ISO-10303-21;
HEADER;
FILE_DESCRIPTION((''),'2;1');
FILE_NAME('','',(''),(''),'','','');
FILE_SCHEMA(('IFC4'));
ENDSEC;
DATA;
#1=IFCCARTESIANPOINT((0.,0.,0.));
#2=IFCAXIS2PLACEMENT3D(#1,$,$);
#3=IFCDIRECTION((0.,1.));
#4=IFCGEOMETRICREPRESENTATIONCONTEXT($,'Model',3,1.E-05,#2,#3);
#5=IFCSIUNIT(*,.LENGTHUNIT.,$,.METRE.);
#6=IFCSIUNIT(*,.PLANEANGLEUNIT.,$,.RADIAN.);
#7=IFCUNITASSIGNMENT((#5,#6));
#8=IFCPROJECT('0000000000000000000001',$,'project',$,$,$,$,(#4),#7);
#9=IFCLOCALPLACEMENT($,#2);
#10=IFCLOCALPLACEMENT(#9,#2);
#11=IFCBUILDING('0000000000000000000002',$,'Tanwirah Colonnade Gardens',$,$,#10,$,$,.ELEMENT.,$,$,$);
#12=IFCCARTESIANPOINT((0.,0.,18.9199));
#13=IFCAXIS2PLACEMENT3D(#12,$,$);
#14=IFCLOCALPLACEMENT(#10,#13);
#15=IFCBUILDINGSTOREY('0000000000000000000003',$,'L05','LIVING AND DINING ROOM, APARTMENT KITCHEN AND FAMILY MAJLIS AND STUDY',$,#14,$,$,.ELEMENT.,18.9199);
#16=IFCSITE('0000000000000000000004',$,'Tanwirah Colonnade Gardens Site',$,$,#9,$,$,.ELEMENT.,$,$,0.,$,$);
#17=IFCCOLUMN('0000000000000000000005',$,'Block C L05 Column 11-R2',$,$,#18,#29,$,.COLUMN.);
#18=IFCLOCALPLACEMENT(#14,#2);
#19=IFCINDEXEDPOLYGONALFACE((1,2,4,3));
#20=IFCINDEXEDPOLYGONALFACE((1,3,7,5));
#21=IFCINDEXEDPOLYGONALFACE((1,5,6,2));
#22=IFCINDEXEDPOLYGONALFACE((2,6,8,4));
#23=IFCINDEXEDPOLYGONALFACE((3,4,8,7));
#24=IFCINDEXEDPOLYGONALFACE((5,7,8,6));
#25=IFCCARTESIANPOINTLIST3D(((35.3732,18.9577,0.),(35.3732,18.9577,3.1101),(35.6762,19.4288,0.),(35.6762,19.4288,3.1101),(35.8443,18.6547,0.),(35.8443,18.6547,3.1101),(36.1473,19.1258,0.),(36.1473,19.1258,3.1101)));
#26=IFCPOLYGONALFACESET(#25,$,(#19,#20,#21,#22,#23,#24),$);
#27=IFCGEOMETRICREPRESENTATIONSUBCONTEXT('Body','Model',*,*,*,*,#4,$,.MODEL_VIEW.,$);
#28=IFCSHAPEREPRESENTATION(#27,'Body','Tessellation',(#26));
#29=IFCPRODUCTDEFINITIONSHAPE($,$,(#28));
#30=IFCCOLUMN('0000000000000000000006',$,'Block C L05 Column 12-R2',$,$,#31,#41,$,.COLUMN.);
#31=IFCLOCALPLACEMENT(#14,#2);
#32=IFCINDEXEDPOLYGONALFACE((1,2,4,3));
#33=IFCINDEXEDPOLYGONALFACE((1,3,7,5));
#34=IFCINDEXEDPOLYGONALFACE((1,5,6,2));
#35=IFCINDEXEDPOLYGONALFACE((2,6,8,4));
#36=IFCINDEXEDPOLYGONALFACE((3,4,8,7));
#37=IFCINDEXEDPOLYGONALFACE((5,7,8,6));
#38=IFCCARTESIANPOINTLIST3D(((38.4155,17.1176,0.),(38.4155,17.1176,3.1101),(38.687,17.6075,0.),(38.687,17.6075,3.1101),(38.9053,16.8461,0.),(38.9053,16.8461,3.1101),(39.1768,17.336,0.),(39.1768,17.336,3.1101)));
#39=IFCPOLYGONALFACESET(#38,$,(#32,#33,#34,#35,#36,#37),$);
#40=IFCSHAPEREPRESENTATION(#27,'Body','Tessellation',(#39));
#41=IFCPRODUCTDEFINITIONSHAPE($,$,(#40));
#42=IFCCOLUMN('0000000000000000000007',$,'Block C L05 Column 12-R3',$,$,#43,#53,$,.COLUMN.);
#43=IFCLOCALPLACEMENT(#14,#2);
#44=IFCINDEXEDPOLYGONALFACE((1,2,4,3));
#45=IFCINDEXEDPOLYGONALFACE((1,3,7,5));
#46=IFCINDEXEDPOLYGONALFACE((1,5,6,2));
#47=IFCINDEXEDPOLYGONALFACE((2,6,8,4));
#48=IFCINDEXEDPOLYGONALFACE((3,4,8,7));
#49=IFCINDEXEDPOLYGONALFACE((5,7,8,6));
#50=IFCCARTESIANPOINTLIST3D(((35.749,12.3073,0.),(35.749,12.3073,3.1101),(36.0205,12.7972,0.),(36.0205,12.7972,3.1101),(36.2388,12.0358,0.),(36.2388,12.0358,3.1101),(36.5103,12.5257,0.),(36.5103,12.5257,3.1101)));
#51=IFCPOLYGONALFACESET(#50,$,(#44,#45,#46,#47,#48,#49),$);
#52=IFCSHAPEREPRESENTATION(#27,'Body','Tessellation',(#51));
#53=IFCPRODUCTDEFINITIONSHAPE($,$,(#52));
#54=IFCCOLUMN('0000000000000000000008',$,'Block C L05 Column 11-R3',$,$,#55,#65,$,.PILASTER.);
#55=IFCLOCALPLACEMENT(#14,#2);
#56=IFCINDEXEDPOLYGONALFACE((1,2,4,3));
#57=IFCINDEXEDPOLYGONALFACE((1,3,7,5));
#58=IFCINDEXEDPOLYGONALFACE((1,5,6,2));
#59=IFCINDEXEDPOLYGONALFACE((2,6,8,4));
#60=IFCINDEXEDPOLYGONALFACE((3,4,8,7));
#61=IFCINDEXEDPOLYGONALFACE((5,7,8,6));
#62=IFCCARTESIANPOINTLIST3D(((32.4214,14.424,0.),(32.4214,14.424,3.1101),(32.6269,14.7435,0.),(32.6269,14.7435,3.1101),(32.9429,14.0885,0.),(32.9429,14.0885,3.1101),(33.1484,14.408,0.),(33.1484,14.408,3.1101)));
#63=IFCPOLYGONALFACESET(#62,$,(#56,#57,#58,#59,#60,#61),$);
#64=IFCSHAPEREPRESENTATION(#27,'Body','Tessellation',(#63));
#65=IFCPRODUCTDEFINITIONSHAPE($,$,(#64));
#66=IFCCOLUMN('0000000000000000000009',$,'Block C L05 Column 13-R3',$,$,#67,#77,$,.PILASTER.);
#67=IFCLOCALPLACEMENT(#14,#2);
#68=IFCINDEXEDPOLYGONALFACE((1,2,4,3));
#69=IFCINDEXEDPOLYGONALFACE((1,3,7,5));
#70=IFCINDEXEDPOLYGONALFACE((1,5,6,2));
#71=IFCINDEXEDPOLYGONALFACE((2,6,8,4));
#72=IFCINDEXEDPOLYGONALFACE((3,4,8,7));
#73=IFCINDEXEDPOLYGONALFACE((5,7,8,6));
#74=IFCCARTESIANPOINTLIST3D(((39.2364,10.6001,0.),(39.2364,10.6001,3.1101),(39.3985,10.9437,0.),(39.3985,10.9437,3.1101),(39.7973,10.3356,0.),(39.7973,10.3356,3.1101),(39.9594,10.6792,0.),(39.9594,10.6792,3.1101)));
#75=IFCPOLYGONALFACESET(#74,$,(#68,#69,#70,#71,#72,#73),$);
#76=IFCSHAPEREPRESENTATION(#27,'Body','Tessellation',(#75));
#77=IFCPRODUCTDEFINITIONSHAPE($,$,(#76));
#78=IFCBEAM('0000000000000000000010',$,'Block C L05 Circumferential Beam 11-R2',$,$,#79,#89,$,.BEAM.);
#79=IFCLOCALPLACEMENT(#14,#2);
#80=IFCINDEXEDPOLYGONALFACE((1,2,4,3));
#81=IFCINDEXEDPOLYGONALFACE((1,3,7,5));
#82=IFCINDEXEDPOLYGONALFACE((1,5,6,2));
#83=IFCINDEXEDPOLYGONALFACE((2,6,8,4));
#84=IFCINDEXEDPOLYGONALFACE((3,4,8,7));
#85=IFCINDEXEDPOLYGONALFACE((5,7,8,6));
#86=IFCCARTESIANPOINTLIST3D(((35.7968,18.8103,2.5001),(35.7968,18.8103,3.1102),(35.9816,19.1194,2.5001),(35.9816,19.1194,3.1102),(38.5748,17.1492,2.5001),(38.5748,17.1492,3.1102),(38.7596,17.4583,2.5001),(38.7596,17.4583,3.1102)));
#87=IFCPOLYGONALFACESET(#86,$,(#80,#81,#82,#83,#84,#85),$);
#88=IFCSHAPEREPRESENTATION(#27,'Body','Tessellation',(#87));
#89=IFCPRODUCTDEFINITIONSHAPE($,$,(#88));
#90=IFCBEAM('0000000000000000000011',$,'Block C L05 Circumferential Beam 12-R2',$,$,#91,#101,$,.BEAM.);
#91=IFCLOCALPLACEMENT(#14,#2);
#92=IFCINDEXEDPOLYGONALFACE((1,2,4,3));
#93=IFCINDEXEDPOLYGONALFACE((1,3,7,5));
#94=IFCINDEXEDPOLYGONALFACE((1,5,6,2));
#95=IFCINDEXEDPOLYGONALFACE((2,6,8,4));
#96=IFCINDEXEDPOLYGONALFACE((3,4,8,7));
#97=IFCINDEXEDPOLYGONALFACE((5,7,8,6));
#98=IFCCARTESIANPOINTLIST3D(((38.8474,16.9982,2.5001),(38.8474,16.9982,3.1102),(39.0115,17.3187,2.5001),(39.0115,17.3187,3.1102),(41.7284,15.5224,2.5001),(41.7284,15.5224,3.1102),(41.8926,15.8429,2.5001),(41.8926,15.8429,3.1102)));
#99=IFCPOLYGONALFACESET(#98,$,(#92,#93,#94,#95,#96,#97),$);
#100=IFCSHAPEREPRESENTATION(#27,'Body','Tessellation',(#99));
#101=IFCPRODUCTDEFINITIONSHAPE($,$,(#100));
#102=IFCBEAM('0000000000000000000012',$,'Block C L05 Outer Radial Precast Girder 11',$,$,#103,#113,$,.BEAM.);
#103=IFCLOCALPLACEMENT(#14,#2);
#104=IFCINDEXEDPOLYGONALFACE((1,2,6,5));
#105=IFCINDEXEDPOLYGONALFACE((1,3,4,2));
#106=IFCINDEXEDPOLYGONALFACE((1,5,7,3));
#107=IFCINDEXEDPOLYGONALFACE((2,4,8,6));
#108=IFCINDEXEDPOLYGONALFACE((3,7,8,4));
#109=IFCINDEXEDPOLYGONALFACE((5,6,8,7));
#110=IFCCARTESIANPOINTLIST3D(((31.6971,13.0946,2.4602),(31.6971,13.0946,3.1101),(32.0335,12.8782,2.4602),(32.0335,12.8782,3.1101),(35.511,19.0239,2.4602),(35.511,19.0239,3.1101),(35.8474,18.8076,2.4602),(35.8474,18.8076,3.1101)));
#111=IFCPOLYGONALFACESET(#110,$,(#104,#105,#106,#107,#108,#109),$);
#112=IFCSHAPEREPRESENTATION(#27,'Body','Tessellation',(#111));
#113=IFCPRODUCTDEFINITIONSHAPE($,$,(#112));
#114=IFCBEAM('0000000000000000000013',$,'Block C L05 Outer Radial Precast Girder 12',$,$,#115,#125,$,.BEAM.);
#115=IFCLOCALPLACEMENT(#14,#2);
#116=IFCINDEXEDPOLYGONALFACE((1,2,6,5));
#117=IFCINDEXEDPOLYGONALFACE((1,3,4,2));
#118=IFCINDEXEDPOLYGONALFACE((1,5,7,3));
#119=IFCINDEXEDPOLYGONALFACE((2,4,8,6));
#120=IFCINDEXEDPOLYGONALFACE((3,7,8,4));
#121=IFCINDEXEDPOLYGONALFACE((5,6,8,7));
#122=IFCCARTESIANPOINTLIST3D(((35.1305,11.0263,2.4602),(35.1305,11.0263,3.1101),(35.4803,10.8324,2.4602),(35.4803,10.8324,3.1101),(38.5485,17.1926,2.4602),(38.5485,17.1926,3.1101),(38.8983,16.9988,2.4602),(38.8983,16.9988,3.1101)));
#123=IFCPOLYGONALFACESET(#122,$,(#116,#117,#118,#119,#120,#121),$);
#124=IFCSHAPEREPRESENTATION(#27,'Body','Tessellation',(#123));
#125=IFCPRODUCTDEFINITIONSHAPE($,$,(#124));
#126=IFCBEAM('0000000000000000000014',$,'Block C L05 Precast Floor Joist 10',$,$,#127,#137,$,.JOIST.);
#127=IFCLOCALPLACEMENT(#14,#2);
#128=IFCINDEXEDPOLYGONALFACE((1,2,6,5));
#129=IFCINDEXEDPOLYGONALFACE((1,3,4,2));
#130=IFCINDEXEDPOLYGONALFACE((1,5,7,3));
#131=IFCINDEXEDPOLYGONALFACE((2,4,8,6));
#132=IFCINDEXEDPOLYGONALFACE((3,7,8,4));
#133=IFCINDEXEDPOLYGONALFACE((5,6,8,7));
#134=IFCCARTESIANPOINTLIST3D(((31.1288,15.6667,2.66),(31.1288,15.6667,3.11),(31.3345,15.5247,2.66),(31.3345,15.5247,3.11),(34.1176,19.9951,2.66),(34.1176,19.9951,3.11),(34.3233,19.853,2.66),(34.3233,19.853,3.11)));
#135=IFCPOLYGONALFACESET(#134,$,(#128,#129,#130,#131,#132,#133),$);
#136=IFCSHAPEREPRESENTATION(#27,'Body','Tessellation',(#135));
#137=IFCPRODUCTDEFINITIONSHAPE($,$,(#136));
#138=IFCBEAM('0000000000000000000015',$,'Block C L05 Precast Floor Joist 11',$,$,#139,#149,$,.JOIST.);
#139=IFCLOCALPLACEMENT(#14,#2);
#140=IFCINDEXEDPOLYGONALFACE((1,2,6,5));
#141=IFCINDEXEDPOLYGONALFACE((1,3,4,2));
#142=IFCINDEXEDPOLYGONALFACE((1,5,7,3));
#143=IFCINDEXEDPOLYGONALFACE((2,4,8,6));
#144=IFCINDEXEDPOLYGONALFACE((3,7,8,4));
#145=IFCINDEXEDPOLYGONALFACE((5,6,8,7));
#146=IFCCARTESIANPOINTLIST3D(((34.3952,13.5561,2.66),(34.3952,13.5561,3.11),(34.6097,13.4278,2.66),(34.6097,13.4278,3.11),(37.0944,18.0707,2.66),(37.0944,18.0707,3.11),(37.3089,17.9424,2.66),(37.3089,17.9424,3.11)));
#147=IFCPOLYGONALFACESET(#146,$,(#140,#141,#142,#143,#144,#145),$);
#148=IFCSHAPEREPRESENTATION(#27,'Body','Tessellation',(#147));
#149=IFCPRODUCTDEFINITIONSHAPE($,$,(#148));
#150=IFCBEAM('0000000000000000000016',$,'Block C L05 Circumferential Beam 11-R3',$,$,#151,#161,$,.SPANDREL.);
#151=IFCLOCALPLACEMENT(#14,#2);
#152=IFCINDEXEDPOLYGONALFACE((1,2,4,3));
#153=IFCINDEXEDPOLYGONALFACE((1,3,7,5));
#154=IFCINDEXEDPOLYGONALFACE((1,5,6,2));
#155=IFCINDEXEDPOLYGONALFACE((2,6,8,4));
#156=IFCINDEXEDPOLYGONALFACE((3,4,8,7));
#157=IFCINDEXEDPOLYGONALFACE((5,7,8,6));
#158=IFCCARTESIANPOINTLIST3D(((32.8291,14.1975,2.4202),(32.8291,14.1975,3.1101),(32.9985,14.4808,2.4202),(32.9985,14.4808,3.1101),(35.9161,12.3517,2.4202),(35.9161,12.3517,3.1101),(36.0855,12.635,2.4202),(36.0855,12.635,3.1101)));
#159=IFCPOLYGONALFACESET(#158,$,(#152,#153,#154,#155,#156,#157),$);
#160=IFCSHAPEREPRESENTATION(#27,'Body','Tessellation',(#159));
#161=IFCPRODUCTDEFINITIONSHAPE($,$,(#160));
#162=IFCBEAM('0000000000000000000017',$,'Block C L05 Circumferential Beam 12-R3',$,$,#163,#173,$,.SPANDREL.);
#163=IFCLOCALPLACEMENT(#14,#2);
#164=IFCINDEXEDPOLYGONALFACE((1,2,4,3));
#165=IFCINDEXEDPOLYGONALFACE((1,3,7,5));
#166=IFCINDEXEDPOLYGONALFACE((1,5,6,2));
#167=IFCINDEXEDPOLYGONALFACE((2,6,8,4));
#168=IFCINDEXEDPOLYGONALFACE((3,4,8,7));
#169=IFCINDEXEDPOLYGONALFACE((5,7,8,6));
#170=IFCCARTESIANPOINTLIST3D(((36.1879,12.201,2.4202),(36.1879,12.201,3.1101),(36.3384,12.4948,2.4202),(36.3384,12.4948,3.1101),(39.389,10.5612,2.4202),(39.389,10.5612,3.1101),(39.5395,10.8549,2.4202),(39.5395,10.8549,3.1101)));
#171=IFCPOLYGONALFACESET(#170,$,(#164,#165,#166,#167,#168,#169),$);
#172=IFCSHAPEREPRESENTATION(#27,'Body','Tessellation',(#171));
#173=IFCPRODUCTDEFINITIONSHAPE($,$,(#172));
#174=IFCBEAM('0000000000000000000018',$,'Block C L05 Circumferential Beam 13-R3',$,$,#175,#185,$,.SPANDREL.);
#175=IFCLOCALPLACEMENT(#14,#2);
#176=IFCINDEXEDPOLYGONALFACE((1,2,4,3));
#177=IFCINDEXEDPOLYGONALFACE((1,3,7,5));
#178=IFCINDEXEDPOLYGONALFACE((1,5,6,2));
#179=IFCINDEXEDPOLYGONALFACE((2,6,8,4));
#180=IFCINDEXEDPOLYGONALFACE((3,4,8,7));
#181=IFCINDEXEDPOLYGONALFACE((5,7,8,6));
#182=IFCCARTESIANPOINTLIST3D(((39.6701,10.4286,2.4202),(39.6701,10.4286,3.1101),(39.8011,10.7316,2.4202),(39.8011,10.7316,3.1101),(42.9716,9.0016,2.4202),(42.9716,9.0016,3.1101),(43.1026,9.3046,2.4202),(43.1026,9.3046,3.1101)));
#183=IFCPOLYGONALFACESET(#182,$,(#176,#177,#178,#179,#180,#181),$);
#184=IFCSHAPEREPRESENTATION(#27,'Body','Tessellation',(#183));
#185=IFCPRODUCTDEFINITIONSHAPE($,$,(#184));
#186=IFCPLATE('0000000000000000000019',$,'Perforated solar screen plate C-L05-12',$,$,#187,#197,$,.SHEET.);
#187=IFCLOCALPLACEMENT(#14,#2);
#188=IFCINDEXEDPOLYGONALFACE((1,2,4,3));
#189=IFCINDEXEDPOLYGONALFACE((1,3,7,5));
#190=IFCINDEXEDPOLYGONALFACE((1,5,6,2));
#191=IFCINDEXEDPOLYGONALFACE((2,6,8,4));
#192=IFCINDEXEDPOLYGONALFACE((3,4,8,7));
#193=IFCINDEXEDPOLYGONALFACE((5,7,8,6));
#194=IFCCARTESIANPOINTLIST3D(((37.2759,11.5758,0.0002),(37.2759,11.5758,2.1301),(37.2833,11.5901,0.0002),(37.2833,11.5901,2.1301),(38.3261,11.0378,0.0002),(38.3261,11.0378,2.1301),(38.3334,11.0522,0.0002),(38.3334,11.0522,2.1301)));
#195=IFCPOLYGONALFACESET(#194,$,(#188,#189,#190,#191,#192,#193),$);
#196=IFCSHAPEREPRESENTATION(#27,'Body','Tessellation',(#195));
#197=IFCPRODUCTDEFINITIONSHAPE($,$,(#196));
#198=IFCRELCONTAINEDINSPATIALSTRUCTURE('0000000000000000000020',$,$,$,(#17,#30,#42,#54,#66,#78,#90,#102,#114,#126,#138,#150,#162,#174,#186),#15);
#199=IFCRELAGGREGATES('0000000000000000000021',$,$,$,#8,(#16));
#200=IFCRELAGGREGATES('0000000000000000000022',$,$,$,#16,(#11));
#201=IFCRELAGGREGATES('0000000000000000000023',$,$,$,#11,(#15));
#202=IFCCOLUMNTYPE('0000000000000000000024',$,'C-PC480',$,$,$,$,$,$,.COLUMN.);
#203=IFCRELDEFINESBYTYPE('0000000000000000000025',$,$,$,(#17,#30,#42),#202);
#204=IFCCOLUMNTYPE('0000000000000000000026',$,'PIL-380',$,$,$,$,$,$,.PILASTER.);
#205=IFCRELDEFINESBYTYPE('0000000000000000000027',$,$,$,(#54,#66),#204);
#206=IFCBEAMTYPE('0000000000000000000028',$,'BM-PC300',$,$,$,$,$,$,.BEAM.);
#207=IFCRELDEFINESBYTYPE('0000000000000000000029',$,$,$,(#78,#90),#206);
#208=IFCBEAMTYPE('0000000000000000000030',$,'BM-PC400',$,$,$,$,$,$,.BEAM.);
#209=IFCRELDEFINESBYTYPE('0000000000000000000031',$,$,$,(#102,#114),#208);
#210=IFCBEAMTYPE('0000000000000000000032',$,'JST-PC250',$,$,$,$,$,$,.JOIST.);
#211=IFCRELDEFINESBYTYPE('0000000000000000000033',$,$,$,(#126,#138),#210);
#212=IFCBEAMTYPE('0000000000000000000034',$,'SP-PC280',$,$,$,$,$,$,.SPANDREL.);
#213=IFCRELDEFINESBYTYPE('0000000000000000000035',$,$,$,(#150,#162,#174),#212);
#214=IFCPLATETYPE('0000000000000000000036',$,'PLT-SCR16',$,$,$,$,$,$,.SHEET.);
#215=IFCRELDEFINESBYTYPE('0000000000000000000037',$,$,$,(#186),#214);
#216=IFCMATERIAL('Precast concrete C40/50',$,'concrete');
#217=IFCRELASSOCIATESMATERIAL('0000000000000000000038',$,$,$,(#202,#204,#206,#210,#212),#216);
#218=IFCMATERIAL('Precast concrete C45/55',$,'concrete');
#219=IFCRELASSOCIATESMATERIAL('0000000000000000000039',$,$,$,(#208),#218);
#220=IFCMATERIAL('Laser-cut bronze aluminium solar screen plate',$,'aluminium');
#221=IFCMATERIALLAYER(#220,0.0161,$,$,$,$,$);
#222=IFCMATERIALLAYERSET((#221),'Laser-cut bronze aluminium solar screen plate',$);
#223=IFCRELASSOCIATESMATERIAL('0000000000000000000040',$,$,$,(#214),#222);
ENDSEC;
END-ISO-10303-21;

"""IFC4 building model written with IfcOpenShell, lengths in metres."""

from ifc_helpers import new_model, si_unit, direction, frame, origin, origin_2d, place, context, subcontext, project, spatial, rectangle, extrude, material, layer, layer_set, material_profile, profile_set, type_object, element, save


model = new_model("IFC4")

# Units and contexts
model_context = context("Model", 3, precision=1e-05, world=origin(), true_north=direction((0.0, 1.0)))
body_context = subcontext(model_context, "Body", "Model", "MODEL_VIEW")
ifc_project = project(units=[si_unit("LENGTHUNIT", "METRE"), si_unit("PLANEANGLEUNIT", "RADIAN")], contexts=[model_context])

# Site, building, storey
site_placement = place(None, origin())
site = spatial("IfcSite", under=ifc_project, at=site_placement, Name="Tanwirah Colonnade Gardens Site", CompositionType="ELEMENT", RefElevation=0.0)
building_placement = place(site_placement, origin())
building = spatial("IfcBuilding", under=site, at=building_placement, Name="Tanwirah Colonnade Gardens", CompositionType="ELEMENT")
storey_placement = place(building_placement, frame((0.0, 0.0, 18.9199)))
storey = spatial("IfcBuildingStorey", under=building, at=storey_placement, Name="L05", Description="LIVING AND DINING ROOM, APARTMENT KITCHEN AND FAMILY MAJLIS AND STUDY", CompositionType="ELEMENT", Elevation=18.9199)

# Columns
ifc_material_1 = material(Name="Precast concrete C40/50", Category="concrete")
ifc_material_profile_1 = material_profile(ifc_material_1, rectangle(XDim=0.5601, YDim=0.5601, at=origin_2d()), Name="PC-COL 560x560")
ifc_profile_set_1 = profile_set([ifc_material_profile_1], Name="Precast concrete C40/50")
column_type_1 = type_object("IfcColumnType", Name="C-PC480", PredefinedType="COLUMN", material=ifc_profile_set_1)
for number, where, z_axis, x_axis, name in (
    (1, (35.7603, 19.0417, 0.0), (0.0, 0.0, 1.0), (-0.540974, -0.841039, 0.0), "Block C L05 Column 11-R2"),
    (2, (38.7961, 17.2268, 0.0), (0.0, 0.0, 1.0), (-0.48481, -0.87462, 0.0), "Block C L05 Column 12-R2"),
    (3, (36.1296, 12.4165, 0.0), (0.0, 0.0, 1.0), (-0.48481, -0.87462, 0.0), "Block C L05 Column 12-R3"),
):
    element("IfcColumn", number, at=place(storey_placement, frame(where, z_axis=z_axis, x_axis=x_axis)), inside=storey, type_object=column_type_1, Name=name, PredefinedType="COLUMN", context=body_context, shape_type="SweptSolid", body=[
        extrude(rectangle(XDim=0.5601, YDim=0.5601, at=origin_2d()), origin(), (0.0, 0.0, 1.0), 3.1101),
    ])
ifc_material_profile_2 = material_profile(ifc_material_1, rectangle(XDim=0.3799, YDim=0.6201, at=origin_2d()), Name="PC-PIL 380x620")
ifc_profile_set_2 = profile_set([ifc_material_profile_2], Name="Precast concrete C40/50")
column_type_2 = type_object("IfcColumnType", Name="PIL-380", PredefinedType="PILASTER", material=ifc_profile_set_2)
for number, where, z_axis, x_axis, name in (
    (4, (32.7849, 14.416, 0.0), (0.0, 0.0, 1.0), (-0.540974, -0.841039, 0.0), "Block C L05 Column 11-R3"),
    (5, (39.5979, 10.6396, 0.0), (0.0, 0.0, 1.0), (-0.426569, -0.904455, 0.0), "Block C L05 Column 13-R3"),
):
    element("IfcColumn", number, at=place(storey_placement, frame(where, z_axis=z_axis, x_axis=x_axis)), inside=storey, type_object=column_type_2, Name=name, PredefinedType="PILASTER", context=body_context, shape_type="SweptSolid", body=[
        extrude(rectangle(XDim=0.3799, YDim=0.6201, at=origin_2d()), origin(), (0.0, 0.0, 1.0), 3.1101),
    ])

# Beams
ifc_material_profile_3 = material_profile(ifc_material_1, rectangle(XDim=0.3601, YDim=0.6101, at=origin_2d()), Name="PC-BM 360x610")
ifc_profile_set_3 = profile_set([ifc_material_profile_3], Name="Precast concrete C40/50")
beam_type_1 = type_object("IfcBeamType", Name="BM-PC300", PredefinedType="BEAM", material=ifc_profile_set_3)
beam_1_placement = place(storey_placement, frame((35.8892, 18.9648, 2.8052), z_axis=(0.858271, -0.513197, 0.0), x_axis=(0.513197, 0.858271, 0.0)))
element("IfcBeam", 6, at=beam_1_placement, inside=storey, type_object=beam_type_1, Name="Block C L05 Circumferential Beam 11-R2", PredefinedType="BEAM", context=body_context, shape_type="SweptSolid", body=[
    extrude(rectangle(XDim=0.3601, YDim=0.6101, at=origin_2d()), origin(), (0.0, 0.0, 1.0), 3.2368),
])
beam_2_placement = place(storey_placement, frame((38.9294, 17.1584, 2.8052), z_axis=(0.890025, -0.455911, 0.0), x_axis=(0.455911, 0.890025, 0.0)))
element("IfcBeam", 7, at=beam_2_placement, inside=storey, type_object=beam_type_1, Name="Block C L05 Circumferential Beam 12-R2", PredefinedType="BEAM", context=body_context, shape_type="SweptSolid", body=[
    extrude(rectangle(XDim=0.3601, YDim=0.6101, at=origin_2d()), origin(), (0.0, 0.0, 1.0), 3.2371),
])
ifc_material_2 = material(Name="Precast concrete C45/55", Category="concrete")
ifc_material_profile_4 = material_profile(ifc_material_2, rectangle(XDim=0.3999, YDim=0.6499, at=origin_2d()), Name="PC-BM 400x650")
ifc_profile_set_4 = profile_set([ifc_material_profile_4], Name="Precast concrete C45/55")
beam_type_2 = type_object("IfcBeamType", Name="BM-PC400", PredefinedType="BEAM", material=ifc_profile_set_4)
beam_3_placement = place(storey_placement, frame((35.6792, 18.9158, 2.7852), z_axis=(-0.540976, -0.841038, 0.0), x_axis=(0.841038, -0.540976, 0.0)))
element("IfcBeam", 8, at=beam_3_placement, inside=storey, type_object=beam_type_2, Name="Block C L05 Outer Radial Precast Girder 11", PredefinedType="BEAM", context=body_context, shape_type="SweptSolid", body=[
    extrude(rectangle(XDim=0.3999, YDim=0.6499, at=origin_2d()), origin(), (0.0, 0.0, 1.0), 7.05),
])
beam_4_placement = place(storey_placement, frame((38.7234, 17.0957, 2.7852), z_axis=(-0.484805, -0.874622, 0.0), x_axis=(0.874622, -0.484805, 0.0)))
element("IfcBeam", 9, at=beam_4_placement, inside=storey, type_object=beam_type_2, Name="Block C L05 Outer Radial Precast Girder 12", PredefinedType="BEAM", context=body_context, shape_type="SweptSolid", body=[
    extrude(rectangle(XDim=0.3999, YDim=0.6499, at=origin_2d()), origin(), (0.0, 0.0, 1.0), 7.0503),
])
ifc_material_profile_5 = material_profile(ifc_material_1, rectangle(XDim=0.25, YDim=0.45, at=origin_2d()), Name="PC-JST 250x450")
ifc_profile_set_5 = profile_set([ifc_material_profile_5], Name="Precast concrete C40/50")
beam_type_3 = type_object("IfcBeamType", Name="JST-PC250", PredefinedType="JOIST", material=ifc_profile_set_5)
for number, where, z_axis, x_axis, name in (
    (10, (34.2205, 19.9241, 2.885), (-0.568208, -0.822885, 0.0), (0.822885, -0.568208, 0.0), "Block C L05 Precast Floor Joist 10"),
    (11, (37.2017, 18.0066, 2.885), (-0.513157, -0.858295, 0.0), (0.858295, -0.513157, 0.0), "Block C L05 Precast Floor Joist 11"),
):
    element("IfcBeam", number, at=place(storey_placement, frame(where, z_axis=z_axis, x_axis=x_axis)), inside=storey, type_object=beam_type_3, Name=name, PredefinedType="JOIST", context=body_context, shape_type="SweptSolid", body=[
        extrude(rectangle(XDim=0.25, YDim=0.45, at=origin_2d()), origin(), (0.0, 0.0, 1.0), 5.26),
    ])
ifc_material_profile_6 = material_profile(ifc_material_1, rectangle(XDim=0.3301, YDim=0.6899, at=origin_2d()), Name="PC-SP 330x690")
ifc_profile_set_6 = profile_set([ifc_material_profile_6], Name="Precast concrete C40/50")
beam_type_4 = type_object("IfcBeamType", Name="SP-PC280", PredefinedType="SPANDREL", material=ifc_profile_set_6)
for number, where, z_axis, x_axis, name in (
    (12, (32.9138, 14.3391, 2.7651), (0.858283, -0.513177, 0.0), (0.513177, 0.858283, 0.0), "Block C L05 Circumferential Beam 11-R3"),
    (13, (36.2632, 12.3479, 2.7651), (0.890013, -0.455935, 0.0), (0.455935, 0.890013, 0.0), "Block C L05 Circumferential Beam 12-R3"),
    (14, (39.7356, 10.5801, 2.7651), (0.917926, -0.396752, 0.0), (0.396752, 0.917926, 0.0), "Block C L05 Circumferential Beam 13-R3"),
):
    element("IfcBeam", number, at=place(storey_placement, frame(where, z_axis=z_axis, x_axis=x_axis)), inside=storey, type_object=beam_type_4, Name=name, PredefinedType="SPANDREL", context=body_context, shape_type="SweptSolid", body=[
        extrude(rectangle(XDim=0.3301, YDim=0.6899, at=origin_2d()), origin(), (0.0, 0.0, 1.0), 3.5967),
    ])

# Plate
ifc_material_3 = material(Name="Laser-cut bronze aluminium solar screen plate", Category="aluminium")
ifc_layer_1 = layer(ifc_material_3, 0.0161)
ifc_layer_set_1 = layer_set([ifc_layer_1], Name="Laser-cut bronze aluminium solar screen plate")
plate_type = type_object("IfcPlateType", Name="PLT-SCR16", PredefinedType="SHEET", material=ifc_layer_set_1)
plate_placement = place(storey_placement, frame((37.8047, 11.314, 0.0002), z_axis=(0.0, 0.0, 1.0), x_axis=(0.890015, -0.455931, 0.0)))
element("IfcPlate", 15, at=plate_placement, inside=storey, type_object=plate_type, Name="Perforated solar screen plate C-L05-12", PredefinedType="SHEET", context=body_context, shape_type="SweptSolid", body=[
    extrude(rectangle(XDim=1.1799, YDim=0.0161, at=origin_2d()), origin(), (0.0, 0.0, 1.0), 2.1299),
])

save(model, "model.ifc")
